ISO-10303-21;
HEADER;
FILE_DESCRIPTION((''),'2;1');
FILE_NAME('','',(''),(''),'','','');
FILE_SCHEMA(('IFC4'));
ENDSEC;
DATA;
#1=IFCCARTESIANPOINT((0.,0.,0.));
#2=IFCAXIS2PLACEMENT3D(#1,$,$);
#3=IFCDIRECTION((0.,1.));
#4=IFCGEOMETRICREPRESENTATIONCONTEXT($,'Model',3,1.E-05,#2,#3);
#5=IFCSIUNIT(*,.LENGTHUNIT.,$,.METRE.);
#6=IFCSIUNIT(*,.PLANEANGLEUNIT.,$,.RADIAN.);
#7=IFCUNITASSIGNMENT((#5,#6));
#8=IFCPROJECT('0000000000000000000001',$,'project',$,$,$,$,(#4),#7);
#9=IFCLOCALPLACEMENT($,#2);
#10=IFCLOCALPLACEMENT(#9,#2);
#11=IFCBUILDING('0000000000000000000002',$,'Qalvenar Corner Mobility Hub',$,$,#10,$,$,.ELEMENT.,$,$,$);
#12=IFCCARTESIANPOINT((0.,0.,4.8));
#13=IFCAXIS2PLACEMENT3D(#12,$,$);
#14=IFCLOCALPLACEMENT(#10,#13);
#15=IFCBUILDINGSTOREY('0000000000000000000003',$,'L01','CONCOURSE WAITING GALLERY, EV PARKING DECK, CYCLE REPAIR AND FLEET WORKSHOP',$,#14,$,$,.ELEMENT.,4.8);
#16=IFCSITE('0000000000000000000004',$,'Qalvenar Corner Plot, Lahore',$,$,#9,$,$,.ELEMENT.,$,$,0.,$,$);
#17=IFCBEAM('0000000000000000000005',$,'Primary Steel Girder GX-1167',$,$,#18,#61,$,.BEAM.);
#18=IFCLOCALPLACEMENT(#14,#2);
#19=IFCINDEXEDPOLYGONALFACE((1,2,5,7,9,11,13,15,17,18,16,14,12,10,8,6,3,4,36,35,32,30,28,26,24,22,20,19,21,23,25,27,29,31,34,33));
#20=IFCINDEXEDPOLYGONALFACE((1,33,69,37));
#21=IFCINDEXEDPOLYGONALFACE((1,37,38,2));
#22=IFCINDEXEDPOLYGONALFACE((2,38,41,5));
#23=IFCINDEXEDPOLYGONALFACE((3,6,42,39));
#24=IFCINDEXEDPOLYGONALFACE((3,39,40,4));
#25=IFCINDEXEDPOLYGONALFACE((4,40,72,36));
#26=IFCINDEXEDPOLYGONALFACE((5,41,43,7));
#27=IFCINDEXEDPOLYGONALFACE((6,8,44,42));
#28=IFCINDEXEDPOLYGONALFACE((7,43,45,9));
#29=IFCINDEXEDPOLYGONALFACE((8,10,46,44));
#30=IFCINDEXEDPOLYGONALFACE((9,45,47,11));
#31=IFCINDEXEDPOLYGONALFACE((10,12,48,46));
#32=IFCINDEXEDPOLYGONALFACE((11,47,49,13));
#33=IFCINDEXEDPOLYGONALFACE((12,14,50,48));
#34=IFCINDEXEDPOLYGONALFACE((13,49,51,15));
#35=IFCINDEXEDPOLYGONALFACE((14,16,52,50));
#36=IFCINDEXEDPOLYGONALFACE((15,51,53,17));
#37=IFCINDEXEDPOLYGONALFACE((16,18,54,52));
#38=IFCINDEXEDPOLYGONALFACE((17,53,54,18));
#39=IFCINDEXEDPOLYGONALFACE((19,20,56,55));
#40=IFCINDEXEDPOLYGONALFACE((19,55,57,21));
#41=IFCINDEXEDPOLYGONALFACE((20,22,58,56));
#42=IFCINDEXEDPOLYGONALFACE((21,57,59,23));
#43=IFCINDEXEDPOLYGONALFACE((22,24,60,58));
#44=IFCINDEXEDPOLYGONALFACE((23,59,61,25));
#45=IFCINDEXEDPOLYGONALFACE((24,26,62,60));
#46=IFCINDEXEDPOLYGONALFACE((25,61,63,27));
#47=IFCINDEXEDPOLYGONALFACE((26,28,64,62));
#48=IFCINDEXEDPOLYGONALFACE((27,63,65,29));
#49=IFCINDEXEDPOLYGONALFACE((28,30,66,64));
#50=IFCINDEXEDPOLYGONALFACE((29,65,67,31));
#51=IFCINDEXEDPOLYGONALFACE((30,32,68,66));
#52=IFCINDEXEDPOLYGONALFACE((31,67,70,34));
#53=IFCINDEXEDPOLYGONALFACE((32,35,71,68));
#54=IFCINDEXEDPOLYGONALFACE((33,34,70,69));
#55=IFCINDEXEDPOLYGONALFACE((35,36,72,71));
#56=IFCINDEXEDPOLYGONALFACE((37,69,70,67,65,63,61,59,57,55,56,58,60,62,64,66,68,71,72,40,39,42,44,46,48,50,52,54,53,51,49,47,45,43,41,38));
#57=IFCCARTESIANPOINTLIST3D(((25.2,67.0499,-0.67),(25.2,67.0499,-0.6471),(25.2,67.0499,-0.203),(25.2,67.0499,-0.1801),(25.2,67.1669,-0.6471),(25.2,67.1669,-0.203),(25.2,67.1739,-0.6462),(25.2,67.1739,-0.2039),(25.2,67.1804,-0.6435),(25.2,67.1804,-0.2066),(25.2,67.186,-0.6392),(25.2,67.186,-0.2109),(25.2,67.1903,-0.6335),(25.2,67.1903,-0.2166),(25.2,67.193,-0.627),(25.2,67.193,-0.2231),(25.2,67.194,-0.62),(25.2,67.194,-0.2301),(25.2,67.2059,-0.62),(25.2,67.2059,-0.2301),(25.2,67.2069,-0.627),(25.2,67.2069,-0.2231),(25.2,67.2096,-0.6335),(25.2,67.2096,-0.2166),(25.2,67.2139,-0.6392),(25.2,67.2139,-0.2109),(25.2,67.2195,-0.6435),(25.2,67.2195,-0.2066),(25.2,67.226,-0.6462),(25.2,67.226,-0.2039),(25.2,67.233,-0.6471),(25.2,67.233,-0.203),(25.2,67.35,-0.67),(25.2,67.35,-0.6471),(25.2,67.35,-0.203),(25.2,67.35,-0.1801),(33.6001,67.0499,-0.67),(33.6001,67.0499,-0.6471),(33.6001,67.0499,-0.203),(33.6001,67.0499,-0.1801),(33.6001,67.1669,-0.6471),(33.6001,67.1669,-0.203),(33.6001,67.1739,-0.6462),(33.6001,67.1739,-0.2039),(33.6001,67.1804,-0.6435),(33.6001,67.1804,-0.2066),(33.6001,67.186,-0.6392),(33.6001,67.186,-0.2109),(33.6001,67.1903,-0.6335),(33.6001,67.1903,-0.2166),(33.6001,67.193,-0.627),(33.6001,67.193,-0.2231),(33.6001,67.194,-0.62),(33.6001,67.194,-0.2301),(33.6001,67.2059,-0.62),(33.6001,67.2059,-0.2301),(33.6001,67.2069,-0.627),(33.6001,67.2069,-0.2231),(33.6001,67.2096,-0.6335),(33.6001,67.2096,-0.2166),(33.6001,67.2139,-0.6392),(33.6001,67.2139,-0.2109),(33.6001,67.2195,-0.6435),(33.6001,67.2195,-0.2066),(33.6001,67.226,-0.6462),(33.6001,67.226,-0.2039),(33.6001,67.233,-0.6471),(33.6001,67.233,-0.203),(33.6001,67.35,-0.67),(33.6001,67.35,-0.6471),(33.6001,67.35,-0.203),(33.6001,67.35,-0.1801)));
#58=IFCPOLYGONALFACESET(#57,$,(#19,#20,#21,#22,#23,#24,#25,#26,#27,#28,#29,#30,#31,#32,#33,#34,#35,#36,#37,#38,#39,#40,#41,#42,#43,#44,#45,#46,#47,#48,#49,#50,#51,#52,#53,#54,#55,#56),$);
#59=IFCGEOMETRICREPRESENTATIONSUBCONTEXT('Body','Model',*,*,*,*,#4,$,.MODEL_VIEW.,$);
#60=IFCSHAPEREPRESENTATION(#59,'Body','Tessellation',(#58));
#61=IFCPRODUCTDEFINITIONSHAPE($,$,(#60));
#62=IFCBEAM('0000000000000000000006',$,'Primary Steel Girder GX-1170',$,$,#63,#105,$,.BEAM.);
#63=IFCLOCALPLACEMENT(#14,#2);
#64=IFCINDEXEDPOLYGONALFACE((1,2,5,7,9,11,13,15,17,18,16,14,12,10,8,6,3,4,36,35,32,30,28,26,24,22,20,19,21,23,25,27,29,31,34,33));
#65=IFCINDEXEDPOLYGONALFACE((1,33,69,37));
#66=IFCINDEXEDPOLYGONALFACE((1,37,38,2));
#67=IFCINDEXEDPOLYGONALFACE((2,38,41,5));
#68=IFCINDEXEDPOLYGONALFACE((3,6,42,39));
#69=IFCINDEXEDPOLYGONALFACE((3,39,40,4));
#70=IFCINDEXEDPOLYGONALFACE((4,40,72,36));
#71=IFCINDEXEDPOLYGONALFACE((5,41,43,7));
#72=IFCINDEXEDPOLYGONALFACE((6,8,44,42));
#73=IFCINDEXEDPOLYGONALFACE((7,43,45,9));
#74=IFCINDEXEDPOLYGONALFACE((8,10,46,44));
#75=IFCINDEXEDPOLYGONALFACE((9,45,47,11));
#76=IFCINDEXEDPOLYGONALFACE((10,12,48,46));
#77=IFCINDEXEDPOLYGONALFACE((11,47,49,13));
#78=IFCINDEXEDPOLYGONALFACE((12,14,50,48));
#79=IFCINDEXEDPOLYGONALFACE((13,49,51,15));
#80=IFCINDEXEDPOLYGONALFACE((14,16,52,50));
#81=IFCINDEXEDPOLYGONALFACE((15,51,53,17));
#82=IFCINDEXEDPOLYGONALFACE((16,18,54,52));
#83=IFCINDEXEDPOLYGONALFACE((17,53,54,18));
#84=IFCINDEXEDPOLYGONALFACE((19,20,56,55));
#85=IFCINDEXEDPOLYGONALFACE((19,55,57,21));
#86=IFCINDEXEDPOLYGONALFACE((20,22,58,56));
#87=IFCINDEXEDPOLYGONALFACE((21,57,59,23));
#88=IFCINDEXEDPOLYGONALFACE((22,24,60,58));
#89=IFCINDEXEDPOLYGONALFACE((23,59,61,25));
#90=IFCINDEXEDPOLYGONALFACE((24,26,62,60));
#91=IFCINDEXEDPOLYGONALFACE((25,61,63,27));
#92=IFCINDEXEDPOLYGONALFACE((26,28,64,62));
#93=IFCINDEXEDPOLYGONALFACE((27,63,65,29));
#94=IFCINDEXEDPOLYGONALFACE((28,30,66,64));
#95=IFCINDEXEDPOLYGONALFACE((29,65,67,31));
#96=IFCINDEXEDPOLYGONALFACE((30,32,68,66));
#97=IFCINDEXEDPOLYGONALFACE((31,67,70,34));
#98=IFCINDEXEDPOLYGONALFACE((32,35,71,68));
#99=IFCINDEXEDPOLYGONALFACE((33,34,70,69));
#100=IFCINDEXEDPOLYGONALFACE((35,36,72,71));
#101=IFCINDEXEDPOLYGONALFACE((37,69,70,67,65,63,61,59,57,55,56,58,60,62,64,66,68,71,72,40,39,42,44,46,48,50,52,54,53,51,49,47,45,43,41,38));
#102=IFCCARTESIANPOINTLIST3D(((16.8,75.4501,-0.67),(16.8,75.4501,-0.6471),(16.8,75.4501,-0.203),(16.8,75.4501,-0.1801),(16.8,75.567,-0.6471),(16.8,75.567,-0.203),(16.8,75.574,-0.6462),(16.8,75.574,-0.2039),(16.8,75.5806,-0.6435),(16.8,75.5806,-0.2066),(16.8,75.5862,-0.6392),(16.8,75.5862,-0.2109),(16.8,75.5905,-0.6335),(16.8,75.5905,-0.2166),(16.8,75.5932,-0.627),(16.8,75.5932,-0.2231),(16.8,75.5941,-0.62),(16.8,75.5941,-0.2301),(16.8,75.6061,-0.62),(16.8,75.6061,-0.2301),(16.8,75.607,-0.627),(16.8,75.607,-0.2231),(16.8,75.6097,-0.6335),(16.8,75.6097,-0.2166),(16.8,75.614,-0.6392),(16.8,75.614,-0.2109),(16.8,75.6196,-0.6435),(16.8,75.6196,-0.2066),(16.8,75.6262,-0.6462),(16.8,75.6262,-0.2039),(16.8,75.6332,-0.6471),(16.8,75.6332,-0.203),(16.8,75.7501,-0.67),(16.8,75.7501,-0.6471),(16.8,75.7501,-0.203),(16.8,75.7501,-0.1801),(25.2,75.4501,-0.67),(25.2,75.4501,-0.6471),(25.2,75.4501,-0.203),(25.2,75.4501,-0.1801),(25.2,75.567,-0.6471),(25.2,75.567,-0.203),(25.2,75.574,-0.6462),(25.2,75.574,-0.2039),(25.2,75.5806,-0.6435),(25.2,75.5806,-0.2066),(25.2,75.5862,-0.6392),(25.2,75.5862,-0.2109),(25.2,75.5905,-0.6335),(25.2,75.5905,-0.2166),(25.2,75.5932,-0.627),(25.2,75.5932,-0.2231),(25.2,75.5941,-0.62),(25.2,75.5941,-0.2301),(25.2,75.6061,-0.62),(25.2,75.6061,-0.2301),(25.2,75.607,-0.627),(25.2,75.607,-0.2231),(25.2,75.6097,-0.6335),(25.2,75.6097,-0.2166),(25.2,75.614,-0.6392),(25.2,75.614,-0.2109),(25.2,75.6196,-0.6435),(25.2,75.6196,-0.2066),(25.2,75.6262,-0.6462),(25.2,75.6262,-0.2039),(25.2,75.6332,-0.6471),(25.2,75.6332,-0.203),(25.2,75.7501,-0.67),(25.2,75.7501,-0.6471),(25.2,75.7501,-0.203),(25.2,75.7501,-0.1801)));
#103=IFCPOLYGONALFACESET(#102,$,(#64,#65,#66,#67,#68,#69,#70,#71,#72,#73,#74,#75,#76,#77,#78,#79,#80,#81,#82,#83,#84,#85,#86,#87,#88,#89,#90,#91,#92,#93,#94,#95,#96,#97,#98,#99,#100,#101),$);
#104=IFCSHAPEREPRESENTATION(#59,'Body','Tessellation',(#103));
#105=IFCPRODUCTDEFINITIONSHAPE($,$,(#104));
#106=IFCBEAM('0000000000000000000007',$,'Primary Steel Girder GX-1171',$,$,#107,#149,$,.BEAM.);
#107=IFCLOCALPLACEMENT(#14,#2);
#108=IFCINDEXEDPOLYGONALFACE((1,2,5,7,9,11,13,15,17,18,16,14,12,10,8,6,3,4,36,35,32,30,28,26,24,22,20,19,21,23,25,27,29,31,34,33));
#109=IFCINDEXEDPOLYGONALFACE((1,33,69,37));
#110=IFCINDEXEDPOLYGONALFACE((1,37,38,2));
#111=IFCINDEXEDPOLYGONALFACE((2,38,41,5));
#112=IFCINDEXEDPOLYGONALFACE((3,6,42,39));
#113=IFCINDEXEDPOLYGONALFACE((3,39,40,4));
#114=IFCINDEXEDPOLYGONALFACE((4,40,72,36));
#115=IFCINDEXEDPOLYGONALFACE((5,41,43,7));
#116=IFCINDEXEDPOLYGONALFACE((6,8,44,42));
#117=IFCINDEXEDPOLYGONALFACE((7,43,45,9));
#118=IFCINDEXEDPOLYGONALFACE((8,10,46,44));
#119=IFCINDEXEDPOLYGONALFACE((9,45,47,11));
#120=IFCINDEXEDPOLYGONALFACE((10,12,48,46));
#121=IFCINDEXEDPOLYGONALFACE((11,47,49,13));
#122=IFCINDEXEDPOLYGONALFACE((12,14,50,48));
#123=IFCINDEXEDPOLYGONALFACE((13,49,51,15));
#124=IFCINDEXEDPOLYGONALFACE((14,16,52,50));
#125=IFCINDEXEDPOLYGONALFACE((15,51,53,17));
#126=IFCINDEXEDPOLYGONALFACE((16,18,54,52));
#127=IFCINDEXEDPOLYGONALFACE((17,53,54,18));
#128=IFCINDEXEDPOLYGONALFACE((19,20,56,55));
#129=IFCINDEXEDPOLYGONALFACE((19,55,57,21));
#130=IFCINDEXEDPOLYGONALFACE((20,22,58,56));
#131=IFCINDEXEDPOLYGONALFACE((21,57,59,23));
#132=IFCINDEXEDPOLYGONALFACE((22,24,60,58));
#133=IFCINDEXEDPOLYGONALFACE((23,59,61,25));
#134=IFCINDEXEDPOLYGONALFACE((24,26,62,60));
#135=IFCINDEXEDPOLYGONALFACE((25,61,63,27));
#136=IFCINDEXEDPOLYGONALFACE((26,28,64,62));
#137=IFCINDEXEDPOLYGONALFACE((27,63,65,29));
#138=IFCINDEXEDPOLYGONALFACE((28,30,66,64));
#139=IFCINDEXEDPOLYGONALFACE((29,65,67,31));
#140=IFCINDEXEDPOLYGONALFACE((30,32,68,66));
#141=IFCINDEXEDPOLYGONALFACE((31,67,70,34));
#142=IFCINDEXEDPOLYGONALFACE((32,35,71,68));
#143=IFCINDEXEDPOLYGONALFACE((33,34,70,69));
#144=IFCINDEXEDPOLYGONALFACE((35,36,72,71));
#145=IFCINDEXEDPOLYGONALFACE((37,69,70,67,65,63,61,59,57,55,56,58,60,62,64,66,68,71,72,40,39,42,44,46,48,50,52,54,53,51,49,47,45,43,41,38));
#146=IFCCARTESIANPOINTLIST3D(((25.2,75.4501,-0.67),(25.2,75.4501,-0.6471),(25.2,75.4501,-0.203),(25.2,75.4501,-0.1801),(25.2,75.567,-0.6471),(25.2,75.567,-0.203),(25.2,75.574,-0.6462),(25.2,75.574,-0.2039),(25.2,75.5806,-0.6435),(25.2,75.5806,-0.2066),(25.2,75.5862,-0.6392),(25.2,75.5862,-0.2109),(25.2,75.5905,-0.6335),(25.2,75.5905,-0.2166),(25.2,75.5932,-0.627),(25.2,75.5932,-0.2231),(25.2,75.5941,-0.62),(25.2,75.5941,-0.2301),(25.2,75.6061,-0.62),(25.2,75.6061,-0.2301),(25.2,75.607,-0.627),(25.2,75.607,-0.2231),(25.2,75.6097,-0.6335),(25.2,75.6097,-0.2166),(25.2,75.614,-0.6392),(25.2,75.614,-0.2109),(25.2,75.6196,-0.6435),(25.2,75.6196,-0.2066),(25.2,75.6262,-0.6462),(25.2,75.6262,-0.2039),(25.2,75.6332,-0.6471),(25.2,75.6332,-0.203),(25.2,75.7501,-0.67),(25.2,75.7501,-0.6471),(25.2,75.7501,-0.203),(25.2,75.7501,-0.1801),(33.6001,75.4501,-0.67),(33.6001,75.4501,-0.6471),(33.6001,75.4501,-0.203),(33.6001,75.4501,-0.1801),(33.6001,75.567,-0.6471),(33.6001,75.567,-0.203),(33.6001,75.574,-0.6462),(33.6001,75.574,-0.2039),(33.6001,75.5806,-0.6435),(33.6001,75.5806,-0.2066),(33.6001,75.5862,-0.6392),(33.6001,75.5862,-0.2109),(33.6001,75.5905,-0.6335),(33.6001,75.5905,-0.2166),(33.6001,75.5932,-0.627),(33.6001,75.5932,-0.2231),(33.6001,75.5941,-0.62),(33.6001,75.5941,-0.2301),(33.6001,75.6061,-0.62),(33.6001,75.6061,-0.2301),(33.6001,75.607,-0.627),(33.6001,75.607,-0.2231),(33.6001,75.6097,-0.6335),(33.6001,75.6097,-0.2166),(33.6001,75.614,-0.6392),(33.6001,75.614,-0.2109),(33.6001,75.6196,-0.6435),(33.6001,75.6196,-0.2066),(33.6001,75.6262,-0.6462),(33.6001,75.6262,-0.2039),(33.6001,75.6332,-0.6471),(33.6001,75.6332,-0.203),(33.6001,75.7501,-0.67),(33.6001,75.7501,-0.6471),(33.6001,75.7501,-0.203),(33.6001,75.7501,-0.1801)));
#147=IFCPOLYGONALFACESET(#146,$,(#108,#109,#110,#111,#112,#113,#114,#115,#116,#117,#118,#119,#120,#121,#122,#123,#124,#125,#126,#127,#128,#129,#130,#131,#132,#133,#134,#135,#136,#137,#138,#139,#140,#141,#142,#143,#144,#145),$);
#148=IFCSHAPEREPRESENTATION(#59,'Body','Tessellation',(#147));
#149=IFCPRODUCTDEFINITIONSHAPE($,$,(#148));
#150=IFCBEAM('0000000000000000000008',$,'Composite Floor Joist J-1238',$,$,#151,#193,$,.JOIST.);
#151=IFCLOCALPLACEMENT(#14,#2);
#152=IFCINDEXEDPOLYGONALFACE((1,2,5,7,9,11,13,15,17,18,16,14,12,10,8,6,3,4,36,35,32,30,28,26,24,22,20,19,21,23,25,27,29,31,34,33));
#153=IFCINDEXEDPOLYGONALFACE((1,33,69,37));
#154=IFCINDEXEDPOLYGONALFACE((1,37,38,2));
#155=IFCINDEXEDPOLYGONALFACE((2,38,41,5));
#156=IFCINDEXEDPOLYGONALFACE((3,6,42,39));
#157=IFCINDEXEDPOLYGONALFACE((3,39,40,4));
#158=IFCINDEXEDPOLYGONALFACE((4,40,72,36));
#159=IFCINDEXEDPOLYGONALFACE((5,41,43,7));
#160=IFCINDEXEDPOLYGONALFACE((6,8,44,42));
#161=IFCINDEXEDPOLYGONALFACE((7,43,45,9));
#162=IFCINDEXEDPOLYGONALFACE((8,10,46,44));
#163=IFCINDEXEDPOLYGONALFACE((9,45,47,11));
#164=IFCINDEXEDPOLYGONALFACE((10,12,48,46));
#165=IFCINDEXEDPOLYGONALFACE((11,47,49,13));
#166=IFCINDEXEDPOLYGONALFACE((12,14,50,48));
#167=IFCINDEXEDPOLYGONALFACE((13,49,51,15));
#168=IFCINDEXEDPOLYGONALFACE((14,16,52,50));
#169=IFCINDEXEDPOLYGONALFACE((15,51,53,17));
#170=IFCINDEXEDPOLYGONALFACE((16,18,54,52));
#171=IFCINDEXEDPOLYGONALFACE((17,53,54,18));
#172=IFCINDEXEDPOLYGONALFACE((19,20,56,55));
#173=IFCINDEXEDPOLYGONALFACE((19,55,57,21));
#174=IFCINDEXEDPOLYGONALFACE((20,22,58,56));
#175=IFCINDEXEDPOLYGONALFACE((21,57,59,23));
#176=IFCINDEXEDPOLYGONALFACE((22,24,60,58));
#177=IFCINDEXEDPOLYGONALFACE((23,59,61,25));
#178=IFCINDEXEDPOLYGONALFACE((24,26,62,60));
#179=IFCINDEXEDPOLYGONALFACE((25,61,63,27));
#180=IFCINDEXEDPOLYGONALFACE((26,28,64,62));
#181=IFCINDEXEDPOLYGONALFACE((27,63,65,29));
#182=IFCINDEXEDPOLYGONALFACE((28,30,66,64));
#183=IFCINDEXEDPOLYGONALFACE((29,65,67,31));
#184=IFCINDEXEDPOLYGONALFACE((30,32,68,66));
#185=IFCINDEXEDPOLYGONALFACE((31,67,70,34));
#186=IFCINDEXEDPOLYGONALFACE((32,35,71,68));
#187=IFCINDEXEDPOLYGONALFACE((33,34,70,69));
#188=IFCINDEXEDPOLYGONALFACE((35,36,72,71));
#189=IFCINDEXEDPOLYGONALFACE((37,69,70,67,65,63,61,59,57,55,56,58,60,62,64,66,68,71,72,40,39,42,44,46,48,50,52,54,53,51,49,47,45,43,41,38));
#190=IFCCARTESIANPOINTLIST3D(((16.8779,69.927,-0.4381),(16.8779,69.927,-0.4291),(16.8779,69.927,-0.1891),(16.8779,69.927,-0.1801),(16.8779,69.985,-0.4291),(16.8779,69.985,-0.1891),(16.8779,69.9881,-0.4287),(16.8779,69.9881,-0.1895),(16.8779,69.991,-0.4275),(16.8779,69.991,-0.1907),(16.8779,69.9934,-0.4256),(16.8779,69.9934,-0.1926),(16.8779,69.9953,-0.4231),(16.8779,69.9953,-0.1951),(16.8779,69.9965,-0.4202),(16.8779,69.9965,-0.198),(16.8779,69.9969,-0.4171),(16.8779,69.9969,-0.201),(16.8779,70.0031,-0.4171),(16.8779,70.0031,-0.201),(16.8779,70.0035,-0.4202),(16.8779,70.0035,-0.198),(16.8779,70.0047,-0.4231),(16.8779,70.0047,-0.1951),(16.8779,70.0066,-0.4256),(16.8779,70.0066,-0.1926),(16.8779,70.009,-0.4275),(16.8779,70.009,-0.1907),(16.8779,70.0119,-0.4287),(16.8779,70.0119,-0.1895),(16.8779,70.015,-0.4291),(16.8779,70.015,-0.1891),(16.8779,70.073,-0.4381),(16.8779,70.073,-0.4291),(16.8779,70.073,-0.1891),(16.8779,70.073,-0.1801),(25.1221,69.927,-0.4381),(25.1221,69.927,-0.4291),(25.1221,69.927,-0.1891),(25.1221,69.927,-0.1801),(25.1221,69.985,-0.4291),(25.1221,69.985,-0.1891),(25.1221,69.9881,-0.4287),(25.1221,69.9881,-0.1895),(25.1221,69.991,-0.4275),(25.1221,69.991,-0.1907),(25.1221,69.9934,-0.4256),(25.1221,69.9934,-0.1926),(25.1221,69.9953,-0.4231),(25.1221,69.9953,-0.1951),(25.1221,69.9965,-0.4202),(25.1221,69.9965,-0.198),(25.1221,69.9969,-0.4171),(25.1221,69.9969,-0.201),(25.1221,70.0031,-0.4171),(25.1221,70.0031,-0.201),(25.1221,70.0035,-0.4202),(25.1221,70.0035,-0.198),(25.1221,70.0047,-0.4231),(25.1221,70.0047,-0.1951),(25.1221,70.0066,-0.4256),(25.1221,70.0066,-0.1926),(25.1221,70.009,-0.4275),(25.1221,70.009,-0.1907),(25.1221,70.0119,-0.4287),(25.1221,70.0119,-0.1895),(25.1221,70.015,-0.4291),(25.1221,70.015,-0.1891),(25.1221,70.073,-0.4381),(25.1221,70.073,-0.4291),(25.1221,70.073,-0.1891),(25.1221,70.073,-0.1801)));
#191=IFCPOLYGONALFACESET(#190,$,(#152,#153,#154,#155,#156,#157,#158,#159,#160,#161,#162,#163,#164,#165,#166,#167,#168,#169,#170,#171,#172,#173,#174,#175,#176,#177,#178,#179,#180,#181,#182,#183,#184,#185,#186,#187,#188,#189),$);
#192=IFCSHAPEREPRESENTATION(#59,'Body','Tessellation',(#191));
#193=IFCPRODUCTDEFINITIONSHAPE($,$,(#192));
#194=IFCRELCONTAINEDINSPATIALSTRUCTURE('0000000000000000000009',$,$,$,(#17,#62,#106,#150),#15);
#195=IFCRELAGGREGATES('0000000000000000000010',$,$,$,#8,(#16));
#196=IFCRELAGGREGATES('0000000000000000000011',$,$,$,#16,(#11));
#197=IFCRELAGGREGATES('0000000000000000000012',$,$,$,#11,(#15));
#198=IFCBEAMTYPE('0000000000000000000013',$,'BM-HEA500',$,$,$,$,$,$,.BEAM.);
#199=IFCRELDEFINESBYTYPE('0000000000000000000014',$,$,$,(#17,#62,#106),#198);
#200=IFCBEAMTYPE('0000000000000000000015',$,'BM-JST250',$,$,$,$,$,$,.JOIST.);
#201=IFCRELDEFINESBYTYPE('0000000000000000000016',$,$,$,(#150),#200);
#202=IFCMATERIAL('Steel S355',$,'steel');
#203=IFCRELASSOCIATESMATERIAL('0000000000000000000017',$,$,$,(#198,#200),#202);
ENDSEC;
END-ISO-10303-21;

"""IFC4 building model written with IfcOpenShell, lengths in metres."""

from ifc_helpers import new_model, si_unit, direction, frame, origin, origin_2d, place, context, subcontext, project, spatial, i_section, extrude, material, material_profile, profile_set, type_object, element, save


model = new_model("IFC4")

# Units and contexts
model_context = context("Model", 3, precision=1e-05, world=origin(), true_north=direction((0.0, 1.0)))
body_context = subcontext(model_context, "Body", "Model", "MODEL_VIEW")
ifc_project = project(units=[si_unit("LENGTHUNIT", "METRE"), si_unit("PLANEANGLEUNIT", "RADIAN")], contexts=[model_context])

# Site, building, storey
site_placement = place(None, origin())
site = spatial("IfcSite", under=ifc_project, at=site_placement, Name="Qalvenar Corner Plot, Lahore", CompositionType="ELEMENT", RefElevation=0.0)
building_placement = place(site_placement, origin())
building = spatial("IfcBuilding", under=site, at=building_placement, Name="Qalvenar Corner Mobility Hub", CompositionType="ELEMENT")
storey_placement = place(building_placement, frame((0.0, 0.0, 4.8)))
storey = spatial("IfcBuildingStorey", under=building, at=storey_placement, Name="L01", Description="CONCOURSE WAITING GALLERY, EV PARKING DECK, CYCLE REPAIR AND FLEET WORKSHOP", CompositionType="ELEMENT", Elevation=4.8)

# Shared definitions
ifc_material_1 = material(Name="Steel S355", Category="steel")

# Beams
ifc_material_profile_1 = material_profile(ifc_material_1, i_section(OverallWidth=0.3, OverallDepth=0.49, WebThickness=0.012, FlangeThickness=0.0229, FilletRadius=0.0271, at=origin_2d()), Name="HEA500")
ifc_profile_set_1 = profile_set([ifc_material_profile_1], Name="Steel S355")
beam_type_1 = type_object("IfcBeamType", Name="BM-HEA500", PredefinedType="BEAM", material=ifc_profile_set_1)
beam_1_placement = place(storey_placement, frame((25.2, 67.2, -0.425), z_axis=(1.0, 0.0, 0.0), x_axis=(0.0, 1.0, 0.0)))
element("IfcBeam", 1, at=beam_1_placement, inside=storey, type_object=beam_type_1, Name="Primary Steel Girder GX-1167", PredefinedType="BEAM", context=body_context, shape_type="SweptSolid", body=[
    extrude(i_section(OverallWidth=0.3, OverallDepth=0.49, WebThickness=0.012, FlangeThickness=0.0229, FilletRadius=0.0271, at=origin_2d()), origin(), (0.0, 0.0, 1.0), 8.4001),
])
beam_2_placement = place(storey_placement, frame((16.8, 75.6001, -0.425), z_axis=(1.0, 0.0, 0.0), x_axis=(0.0, 1.0, 0.0)))
element("IfcBeam", 2, at=beam_2_placement, inside=storey, type_object=beam_type_1, Name="Primary Steel Girder GX-1170", PredefinedType="BEAM", context=body_context, shape_type="SweptSolid", body=[
    extrude(i_section(OverallWidth=0.3, OverallDepth=0.49, WebThickness=0.012, FlangeThickness=0.0229, FilletRadius=0.0271, at=origin_2d()), origin(), (0.0, 0.0, 1.0), 8.3999),
])
beam_3_placement = place(storey_placement, frame((25.2, 75.6001, -0.425), z_axis=(1.0, 0.0, 0.0), x_axis=(0.0, 1.0, 0.0)))
element("IfcBeam", 3, at=beam_3_placement, inside=storey, type_object=beam_type_1, Name="Primary Steel Girder GX-1171", PredefinedType="BEAM", context=body_context, shape_type="SweptSolid", body=[
    extrude(i_section(OverallWidth=0.3, OverallDepth=0.49, WebThickness=0.012, FlangeThickness=0.0229, FilletRadius=0.0271, at=origin_2d()), origin(), (0.0, 0.0, 1.0), 8.4001),
])
ifc_material_profile_2 = material_profile(ifc_material_1, i_section(OverallWidth=0.146, OverallDepth=0.2581, WebThickness=0.0061, FlangeThickness=0.009, FilletRadius=0.012, at=origin_2d()), Name="W250x32.7")
ifc_profile_set_2 = profile_set([ifc_material_profile_2], Name="Steel S355")
beam_type_2 = type_object("IfcBeamType", Name="BM-JST250", PredefinedType="JOIST", material=ifc_profile_set_2)
for number, where, z_axis, x_axis, name in (
    (4, (16.8779, 70.0, -0.3091), (1.0, 0.0, 0.0), (0.0, 1.0, 0.0), "Composite Floor Joist J-1238"),
):
    element("IfcBeam", number, at=place(storey_placement, frame(where, z_axis=z_axis, x_axis=x_axis)), inside=storey, type_object=beam_type_2, Name=name, PredefinedType="JOIST", context=body_context, shape_type="SweptSolid", body=[
        extrude(i_section(OverallWidth=0.146, OverallDepth=0.2581, WebThickness=0.0061, FlangeThickness=0.009, FilletRadius=0.012, at=origin_2d()), origin(), (0.0, 0.0, 1.0), 8.2441),
    ])

save(model, "model.ifc")
